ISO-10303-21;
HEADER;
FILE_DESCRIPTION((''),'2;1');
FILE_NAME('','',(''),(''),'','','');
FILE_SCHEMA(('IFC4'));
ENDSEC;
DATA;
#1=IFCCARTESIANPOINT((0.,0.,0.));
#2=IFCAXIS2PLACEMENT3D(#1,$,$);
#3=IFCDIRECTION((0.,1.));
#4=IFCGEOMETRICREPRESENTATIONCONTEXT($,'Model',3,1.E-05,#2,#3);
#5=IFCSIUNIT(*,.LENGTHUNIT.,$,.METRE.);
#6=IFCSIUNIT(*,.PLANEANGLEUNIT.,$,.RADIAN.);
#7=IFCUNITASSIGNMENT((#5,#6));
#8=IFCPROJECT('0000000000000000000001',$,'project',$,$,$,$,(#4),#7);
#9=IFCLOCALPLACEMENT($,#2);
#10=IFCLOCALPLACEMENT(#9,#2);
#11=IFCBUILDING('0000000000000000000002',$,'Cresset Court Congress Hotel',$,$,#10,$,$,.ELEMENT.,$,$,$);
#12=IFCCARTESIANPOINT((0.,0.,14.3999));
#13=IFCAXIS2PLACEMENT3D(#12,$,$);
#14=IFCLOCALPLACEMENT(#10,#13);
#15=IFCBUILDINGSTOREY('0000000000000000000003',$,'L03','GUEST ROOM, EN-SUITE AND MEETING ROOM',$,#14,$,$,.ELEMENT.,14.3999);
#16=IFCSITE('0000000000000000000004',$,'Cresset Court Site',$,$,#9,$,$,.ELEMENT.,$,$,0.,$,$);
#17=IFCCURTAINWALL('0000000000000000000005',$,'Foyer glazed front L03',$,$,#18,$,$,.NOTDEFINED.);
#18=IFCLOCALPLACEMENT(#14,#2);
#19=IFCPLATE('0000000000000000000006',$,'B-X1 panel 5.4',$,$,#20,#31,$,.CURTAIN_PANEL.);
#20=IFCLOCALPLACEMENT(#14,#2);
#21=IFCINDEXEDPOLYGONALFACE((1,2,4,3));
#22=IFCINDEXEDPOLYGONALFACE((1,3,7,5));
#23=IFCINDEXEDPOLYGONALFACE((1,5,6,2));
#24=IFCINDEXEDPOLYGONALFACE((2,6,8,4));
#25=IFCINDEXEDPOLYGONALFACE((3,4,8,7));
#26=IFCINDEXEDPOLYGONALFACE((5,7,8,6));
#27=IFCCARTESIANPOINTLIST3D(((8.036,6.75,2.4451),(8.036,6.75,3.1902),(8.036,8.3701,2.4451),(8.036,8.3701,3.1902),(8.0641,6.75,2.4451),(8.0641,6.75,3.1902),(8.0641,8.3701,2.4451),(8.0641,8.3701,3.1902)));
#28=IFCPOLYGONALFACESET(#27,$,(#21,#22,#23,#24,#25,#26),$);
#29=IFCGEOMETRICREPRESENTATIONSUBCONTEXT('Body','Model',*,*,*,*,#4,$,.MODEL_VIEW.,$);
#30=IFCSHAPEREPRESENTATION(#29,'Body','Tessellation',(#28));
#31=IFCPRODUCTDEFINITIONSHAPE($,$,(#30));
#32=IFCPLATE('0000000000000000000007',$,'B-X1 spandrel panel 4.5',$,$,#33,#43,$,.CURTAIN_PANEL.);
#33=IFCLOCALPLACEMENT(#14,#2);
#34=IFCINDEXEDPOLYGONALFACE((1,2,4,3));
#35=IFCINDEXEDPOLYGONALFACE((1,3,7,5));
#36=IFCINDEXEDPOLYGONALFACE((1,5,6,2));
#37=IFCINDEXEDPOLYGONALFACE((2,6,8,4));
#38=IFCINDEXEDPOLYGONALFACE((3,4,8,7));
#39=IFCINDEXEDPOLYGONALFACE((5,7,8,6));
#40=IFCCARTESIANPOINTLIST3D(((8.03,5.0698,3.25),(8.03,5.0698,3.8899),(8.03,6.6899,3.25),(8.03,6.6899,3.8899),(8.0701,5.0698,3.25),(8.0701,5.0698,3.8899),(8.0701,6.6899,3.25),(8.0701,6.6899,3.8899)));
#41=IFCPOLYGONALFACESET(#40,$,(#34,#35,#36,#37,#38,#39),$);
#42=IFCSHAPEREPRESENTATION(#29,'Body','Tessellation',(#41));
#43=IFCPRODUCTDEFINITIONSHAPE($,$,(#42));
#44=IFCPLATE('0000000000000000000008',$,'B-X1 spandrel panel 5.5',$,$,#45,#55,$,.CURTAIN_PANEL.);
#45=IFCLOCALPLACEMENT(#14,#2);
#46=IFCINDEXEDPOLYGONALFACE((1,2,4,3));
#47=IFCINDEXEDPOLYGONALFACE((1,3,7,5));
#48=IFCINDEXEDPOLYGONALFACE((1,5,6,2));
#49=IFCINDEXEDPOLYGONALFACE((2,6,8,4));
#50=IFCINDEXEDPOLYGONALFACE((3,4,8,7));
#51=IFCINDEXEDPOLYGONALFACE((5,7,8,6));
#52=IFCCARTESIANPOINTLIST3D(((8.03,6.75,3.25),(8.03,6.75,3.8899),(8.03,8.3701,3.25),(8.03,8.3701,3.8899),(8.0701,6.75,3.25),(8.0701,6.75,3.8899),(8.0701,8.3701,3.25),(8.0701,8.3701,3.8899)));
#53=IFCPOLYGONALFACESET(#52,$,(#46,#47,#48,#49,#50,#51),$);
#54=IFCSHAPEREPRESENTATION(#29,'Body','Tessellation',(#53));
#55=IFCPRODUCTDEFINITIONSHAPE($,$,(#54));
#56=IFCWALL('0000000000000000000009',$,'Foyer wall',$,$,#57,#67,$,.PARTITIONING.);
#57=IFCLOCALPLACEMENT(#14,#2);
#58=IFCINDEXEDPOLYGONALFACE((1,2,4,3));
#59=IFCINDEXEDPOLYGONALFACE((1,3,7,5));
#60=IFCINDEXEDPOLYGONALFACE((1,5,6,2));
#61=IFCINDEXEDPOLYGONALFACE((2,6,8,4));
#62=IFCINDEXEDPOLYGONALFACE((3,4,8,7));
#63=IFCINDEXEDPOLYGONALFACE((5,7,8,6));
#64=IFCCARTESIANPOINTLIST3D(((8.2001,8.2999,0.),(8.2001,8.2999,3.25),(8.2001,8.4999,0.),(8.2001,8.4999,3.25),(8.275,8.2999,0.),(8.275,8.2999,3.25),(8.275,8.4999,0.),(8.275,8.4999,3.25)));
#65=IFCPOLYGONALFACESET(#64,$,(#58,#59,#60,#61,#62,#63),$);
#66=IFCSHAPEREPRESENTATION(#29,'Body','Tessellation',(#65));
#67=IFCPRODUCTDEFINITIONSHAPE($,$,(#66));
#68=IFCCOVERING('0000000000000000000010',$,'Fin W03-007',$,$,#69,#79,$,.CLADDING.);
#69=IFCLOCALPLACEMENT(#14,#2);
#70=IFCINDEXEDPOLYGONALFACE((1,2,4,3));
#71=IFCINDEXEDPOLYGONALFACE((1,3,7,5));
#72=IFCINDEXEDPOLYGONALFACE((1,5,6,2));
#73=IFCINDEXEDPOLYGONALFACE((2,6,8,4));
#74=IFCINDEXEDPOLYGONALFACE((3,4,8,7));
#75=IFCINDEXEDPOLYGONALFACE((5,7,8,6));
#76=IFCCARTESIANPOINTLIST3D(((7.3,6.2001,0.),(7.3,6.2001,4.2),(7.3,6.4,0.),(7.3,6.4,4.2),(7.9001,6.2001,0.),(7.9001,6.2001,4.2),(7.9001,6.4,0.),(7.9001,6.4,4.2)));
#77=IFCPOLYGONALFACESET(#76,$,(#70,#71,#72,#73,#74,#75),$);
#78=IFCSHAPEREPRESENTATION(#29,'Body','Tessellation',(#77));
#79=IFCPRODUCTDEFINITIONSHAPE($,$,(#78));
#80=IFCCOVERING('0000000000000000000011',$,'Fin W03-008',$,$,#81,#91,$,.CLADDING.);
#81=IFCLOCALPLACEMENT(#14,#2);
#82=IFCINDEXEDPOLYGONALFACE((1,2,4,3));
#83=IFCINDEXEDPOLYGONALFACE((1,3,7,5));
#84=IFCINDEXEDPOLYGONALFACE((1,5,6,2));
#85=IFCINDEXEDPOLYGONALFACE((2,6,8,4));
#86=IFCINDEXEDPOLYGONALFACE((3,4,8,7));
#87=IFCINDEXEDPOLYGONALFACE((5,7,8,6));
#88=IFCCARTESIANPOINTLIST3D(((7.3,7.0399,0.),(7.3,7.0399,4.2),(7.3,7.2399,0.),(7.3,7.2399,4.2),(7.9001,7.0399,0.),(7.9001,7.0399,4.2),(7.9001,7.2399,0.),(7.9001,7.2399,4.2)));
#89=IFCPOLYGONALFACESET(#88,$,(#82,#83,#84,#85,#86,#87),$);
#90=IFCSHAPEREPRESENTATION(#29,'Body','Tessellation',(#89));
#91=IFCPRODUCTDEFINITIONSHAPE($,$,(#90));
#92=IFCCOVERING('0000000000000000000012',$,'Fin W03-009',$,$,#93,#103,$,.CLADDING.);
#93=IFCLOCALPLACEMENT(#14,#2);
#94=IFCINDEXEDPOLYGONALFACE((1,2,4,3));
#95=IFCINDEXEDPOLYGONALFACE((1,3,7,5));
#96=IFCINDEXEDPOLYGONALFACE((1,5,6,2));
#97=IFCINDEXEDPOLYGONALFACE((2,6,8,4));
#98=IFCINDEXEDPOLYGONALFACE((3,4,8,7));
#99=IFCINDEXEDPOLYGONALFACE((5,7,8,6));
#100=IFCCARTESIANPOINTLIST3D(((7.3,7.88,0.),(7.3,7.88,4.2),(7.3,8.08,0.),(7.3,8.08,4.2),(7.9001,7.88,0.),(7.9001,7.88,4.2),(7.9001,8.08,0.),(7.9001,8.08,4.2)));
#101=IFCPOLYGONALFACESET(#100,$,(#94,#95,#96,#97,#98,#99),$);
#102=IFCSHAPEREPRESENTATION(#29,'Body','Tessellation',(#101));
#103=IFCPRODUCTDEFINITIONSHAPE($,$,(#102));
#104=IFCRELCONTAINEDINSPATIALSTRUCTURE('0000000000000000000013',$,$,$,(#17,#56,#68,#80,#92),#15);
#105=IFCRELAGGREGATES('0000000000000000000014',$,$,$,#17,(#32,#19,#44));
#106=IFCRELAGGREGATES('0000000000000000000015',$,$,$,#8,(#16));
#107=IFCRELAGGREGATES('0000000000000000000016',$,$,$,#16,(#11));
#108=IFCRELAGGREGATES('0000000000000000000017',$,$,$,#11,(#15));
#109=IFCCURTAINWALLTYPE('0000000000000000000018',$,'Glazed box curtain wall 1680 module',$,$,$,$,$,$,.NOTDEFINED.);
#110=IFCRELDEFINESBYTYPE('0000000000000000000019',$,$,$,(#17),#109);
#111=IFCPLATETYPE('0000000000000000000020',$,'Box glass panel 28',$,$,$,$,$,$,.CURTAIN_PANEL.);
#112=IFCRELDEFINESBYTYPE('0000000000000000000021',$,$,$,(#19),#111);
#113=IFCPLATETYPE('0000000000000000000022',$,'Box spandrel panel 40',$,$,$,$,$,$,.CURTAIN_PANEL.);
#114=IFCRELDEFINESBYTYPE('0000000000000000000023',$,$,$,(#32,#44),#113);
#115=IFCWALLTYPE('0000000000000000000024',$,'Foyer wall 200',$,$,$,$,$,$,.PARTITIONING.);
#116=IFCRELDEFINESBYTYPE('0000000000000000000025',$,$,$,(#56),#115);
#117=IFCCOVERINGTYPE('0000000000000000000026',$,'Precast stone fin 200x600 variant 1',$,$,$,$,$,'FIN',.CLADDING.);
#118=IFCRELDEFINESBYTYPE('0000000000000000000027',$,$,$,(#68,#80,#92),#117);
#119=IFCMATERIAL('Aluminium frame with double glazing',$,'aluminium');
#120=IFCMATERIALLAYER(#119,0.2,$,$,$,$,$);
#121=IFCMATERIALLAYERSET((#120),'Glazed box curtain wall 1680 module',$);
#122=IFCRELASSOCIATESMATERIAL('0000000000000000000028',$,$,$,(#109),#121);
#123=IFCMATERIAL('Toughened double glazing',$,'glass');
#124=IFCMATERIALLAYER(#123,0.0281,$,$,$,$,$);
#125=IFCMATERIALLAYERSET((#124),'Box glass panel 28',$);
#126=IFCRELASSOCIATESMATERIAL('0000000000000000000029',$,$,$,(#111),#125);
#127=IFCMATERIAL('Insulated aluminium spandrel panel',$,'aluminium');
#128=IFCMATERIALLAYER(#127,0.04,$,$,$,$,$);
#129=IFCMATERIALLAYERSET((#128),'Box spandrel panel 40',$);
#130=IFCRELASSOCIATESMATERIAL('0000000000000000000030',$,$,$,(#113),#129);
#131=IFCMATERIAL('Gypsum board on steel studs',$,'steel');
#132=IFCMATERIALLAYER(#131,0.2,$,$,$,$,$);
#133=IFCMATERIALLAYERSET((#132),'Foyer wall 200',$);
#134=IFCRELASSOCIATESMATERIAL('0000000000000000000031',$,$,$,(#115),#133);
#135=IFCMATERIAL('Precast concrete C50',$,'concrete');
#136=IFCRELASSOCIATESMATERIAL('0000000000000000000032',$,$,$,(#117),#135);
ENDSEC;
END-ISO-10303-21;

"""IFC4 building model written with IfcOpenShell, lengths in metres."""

from ifc_helpers import new_model, si_unit, direction, frame, frame_2d, origin, origin_2d, place, context, subcontext, project, spatial, rectangle, extrude, material, layer, layer_set, type_object, element, aggregate, save


model = new_model("IFC4")

# Units and contexts
model_context = context("Model", 3, precision=1e-05, world=origin(), true_north=direction((0.0, 1.0)))
body_context = subcontext(model_context, "Body", "Model", "MODEL_VIEW")
ifc_project = project(units=[si_unit("LENGTHUNIT", "METRE"), si_unit("PLANEANGLEUNIT", "RADIAN")], contexts=[model_context])

# Site, building, storey
site_placement = place(None, origin())
site = spatial("IfcSite", under=ifc_project, at=site_placement, Name="Cresset Court Site", CompositionType="ELEMENT", RefElevation=0.0)
building_placement = place(site_placement, origin())
building = spatial("IfcBuilding", under=site, at=building_placement, Name="Cresset Court Congress Hotel", CompositionType="ELEMENT")
storey_placement = place(building_placement, frame((0.0, 0.0, 14.3999)))
storey = spatial("IfcBuildingStorey", under=building, at=storey_placement, Name="L03", Description="GUEST ROOM, EN-SUITE AND MEETING ROOM", CompositionType="ELEMENT", Elevation=14.3999)

# Curtain wall, plates
ifc_material_1 = material(Name="Aluminium frame with double glazing", Category="aluminium")
ifc_layer_1 = layer(ifc_material_1, 0.2)
ifc_layer_set_1 = layer_set([ifc_layer_1], Name="Glazed box curtain wall 1680 module")
curtain_wall_type = type_object("IfcCurtainWallType", Name="Glazed box curtain wall 1680 module", PredefinedType="NOTDEFINED", material=ifc_layer_set_1)
curtain_wall_placement = place(storey_placement, origin())
curtain_wall = element("IfcCurtainWall", 1, at=curtain_wall_placement, inside=storey, type_object=curtain_wall_type, Name="Foyer glazed front L03", PredefinedType="NOTDEFINED")
ifc_material_2 = material(Name="Toughened double glazing", Category="glass")
ifc_layer_2 = layer(ifc_material_2, 0.0281)
ifc_layer_set_2 = layer_set([ifc_layer_2], Name="Box glass panel 28")
plate_type_1 = type_object("IfcPlateType", Name="Box glass panel 28", PredefinedType="CURTAIN_PANEL", material=ifc_layer_set_2)
plate_1_placement = place(storey_placement, frame((8.05, 7.5601, 2.4451), z_axis=(0.0, 0.0, 1.0), x_axis=(0.0, 1.0, 0.0)))
plate_1 = element("IfcPlate", 2, at=plate_1_placement, type_object=plate_type_1, Name="B-X1 panel 5.4", PredefinedType="CURTAIN_PANEL", context=body_context, shape_type="SweptSolid", body=[
    extrude(rectangle(XDim=1.6201, YDim=0.0281, at=origin_2d()), origin(), (0.0, 0.0, 1.0), 0.7451),
])
ifc_material_3 = material(Name="Insulated aluminium spandrel panel", Category="aluminium")
ifc_layer_3 = layer(ifc_material_3, 0.04)
ifc_layer_set_3 = layer_set([ifc_layer_3], Name="Box spandrel panel 40")
plate_type_2 = type_object("IfcPlateType", Name="Box spandrel panel 40", PredefinedType="CURTAIN_PANEL", material=ifc_layer_set_3)
plate_2_placement = place(storey_placement, frame((8.05, 5.8799, 3.25), z_axis=(0.0, 0.0, 1.0), x_axis=(0.0, 1.0, 0.0)))
plate_2 = element("IfcPlate", 3, at=plate_2_placement, type_object=plate_type_2, Name="B-X1 spandrel panel 4.5", PredefinedType="CURTAIN_PANEL", context=body_context, shape_type="SweptSolid", body=[
    extrude(rectangle(XDim=1.6201, YDim=0.04, at=origin_2d()), origin(), (0.0, 0.0, 1.0), 0.6399),
])
plate_3_placement = place(storey_placement, frame((8.05, 7.5601, 3.25), z_axis=(0.0, 0.0, 1.0), x_axis=(0.0, 1.0, 0.0)))
plate_3 = element("IfcPlate", 4, at=plate_3_placement, type_object=plate_type_2, Name="B-X1 spandrel panel 5.5", PredefinedType="CURTAIN_PANEL", context=body_context, shape_type="SweptSolid", body=[
    extrude(rectangle(XDim=1.6201, YDim=0.04, at=origin_2d()), origin(), (0.0, 0.0, 1.0), 0.6399),
])
aggregate(curtain_wall, [plate_2, plate_1, plate_3])

# Wall
ifc_material_4 = material(Name="Gypsum board on steel studs", Category="steel")
ifc_layer_4 = layer(ifc_material_4, 0.2)
ifc_layer_set_4 = layer_set([ifc_layer_4], Name="Foyer wall 200")
wall_type = type_object("IfcWallType", Name="Foyer wall 200", PredefinedType="PARTITIONING", material=ifc_layer_set_4)
wall_placement = place(storey_placement, frame((8.2, 8.3999, 0.0), z_axis=(0.0, 0.0, 1.0), x_axis=(1.0, 0.0, 0.0)))
element("IfcWall", 5, at=wall_placement, inside=storey, type_object=wall_type, Name="Foyer wall", PredefinedType="PARTITIONING", context=body_context, shape_type="SweptSolid", body=[
    extrude(rectangle(XDim=0.075, YDim=0.2, at=frame_2d((0.0376, 0.0))), origin(), (0.0, 0.0, 1.0), 3.25),
])

# Coverings
ifc_material_5 = material(Name="Precast concrete C50", Category="concrete")
covering_type = type_object("IfcCoveringType", Name="Precast stone fin 200x600 variant 1", ElementType="FIN", PredefinedType="CLADDING", material=ifc_material_5)
for number, where, z_axis, x_axis, name in (
    (6, (7.6001, 6.3, 0.0), (0.0, 0.0, 1.0), (1.0, 0.0, 0.0), "Fin W03-007"),
    (7, (7.6001, 7.1399, 0.0), (0.0, 0.0, 1.0), (1.0, 0.0, 0.0), "Fin W03-008"),
    (8, (7.6001, 7.98, 0.0), (0.0, 0.0, 1.0), (1.0, 0.0, 0.0), "Fin W03-009"),
):
    element("IfcCovering", number, at=place(storey_placement, frame(where, z_axis=z_axis, x_axis=x_axis)), inside=storey, type_object=covering_type, Name=name, PredefinedType="CLADDING", context=body_context, shape_type="SweptSolid", body=[
        extrude(rectangle(XDim=0.6001, YDim=0.2, at=origin_2d()), origin(), (0.0, 0.0, 1.0), 4.2),
    ])

save(model, "model.ifc")
